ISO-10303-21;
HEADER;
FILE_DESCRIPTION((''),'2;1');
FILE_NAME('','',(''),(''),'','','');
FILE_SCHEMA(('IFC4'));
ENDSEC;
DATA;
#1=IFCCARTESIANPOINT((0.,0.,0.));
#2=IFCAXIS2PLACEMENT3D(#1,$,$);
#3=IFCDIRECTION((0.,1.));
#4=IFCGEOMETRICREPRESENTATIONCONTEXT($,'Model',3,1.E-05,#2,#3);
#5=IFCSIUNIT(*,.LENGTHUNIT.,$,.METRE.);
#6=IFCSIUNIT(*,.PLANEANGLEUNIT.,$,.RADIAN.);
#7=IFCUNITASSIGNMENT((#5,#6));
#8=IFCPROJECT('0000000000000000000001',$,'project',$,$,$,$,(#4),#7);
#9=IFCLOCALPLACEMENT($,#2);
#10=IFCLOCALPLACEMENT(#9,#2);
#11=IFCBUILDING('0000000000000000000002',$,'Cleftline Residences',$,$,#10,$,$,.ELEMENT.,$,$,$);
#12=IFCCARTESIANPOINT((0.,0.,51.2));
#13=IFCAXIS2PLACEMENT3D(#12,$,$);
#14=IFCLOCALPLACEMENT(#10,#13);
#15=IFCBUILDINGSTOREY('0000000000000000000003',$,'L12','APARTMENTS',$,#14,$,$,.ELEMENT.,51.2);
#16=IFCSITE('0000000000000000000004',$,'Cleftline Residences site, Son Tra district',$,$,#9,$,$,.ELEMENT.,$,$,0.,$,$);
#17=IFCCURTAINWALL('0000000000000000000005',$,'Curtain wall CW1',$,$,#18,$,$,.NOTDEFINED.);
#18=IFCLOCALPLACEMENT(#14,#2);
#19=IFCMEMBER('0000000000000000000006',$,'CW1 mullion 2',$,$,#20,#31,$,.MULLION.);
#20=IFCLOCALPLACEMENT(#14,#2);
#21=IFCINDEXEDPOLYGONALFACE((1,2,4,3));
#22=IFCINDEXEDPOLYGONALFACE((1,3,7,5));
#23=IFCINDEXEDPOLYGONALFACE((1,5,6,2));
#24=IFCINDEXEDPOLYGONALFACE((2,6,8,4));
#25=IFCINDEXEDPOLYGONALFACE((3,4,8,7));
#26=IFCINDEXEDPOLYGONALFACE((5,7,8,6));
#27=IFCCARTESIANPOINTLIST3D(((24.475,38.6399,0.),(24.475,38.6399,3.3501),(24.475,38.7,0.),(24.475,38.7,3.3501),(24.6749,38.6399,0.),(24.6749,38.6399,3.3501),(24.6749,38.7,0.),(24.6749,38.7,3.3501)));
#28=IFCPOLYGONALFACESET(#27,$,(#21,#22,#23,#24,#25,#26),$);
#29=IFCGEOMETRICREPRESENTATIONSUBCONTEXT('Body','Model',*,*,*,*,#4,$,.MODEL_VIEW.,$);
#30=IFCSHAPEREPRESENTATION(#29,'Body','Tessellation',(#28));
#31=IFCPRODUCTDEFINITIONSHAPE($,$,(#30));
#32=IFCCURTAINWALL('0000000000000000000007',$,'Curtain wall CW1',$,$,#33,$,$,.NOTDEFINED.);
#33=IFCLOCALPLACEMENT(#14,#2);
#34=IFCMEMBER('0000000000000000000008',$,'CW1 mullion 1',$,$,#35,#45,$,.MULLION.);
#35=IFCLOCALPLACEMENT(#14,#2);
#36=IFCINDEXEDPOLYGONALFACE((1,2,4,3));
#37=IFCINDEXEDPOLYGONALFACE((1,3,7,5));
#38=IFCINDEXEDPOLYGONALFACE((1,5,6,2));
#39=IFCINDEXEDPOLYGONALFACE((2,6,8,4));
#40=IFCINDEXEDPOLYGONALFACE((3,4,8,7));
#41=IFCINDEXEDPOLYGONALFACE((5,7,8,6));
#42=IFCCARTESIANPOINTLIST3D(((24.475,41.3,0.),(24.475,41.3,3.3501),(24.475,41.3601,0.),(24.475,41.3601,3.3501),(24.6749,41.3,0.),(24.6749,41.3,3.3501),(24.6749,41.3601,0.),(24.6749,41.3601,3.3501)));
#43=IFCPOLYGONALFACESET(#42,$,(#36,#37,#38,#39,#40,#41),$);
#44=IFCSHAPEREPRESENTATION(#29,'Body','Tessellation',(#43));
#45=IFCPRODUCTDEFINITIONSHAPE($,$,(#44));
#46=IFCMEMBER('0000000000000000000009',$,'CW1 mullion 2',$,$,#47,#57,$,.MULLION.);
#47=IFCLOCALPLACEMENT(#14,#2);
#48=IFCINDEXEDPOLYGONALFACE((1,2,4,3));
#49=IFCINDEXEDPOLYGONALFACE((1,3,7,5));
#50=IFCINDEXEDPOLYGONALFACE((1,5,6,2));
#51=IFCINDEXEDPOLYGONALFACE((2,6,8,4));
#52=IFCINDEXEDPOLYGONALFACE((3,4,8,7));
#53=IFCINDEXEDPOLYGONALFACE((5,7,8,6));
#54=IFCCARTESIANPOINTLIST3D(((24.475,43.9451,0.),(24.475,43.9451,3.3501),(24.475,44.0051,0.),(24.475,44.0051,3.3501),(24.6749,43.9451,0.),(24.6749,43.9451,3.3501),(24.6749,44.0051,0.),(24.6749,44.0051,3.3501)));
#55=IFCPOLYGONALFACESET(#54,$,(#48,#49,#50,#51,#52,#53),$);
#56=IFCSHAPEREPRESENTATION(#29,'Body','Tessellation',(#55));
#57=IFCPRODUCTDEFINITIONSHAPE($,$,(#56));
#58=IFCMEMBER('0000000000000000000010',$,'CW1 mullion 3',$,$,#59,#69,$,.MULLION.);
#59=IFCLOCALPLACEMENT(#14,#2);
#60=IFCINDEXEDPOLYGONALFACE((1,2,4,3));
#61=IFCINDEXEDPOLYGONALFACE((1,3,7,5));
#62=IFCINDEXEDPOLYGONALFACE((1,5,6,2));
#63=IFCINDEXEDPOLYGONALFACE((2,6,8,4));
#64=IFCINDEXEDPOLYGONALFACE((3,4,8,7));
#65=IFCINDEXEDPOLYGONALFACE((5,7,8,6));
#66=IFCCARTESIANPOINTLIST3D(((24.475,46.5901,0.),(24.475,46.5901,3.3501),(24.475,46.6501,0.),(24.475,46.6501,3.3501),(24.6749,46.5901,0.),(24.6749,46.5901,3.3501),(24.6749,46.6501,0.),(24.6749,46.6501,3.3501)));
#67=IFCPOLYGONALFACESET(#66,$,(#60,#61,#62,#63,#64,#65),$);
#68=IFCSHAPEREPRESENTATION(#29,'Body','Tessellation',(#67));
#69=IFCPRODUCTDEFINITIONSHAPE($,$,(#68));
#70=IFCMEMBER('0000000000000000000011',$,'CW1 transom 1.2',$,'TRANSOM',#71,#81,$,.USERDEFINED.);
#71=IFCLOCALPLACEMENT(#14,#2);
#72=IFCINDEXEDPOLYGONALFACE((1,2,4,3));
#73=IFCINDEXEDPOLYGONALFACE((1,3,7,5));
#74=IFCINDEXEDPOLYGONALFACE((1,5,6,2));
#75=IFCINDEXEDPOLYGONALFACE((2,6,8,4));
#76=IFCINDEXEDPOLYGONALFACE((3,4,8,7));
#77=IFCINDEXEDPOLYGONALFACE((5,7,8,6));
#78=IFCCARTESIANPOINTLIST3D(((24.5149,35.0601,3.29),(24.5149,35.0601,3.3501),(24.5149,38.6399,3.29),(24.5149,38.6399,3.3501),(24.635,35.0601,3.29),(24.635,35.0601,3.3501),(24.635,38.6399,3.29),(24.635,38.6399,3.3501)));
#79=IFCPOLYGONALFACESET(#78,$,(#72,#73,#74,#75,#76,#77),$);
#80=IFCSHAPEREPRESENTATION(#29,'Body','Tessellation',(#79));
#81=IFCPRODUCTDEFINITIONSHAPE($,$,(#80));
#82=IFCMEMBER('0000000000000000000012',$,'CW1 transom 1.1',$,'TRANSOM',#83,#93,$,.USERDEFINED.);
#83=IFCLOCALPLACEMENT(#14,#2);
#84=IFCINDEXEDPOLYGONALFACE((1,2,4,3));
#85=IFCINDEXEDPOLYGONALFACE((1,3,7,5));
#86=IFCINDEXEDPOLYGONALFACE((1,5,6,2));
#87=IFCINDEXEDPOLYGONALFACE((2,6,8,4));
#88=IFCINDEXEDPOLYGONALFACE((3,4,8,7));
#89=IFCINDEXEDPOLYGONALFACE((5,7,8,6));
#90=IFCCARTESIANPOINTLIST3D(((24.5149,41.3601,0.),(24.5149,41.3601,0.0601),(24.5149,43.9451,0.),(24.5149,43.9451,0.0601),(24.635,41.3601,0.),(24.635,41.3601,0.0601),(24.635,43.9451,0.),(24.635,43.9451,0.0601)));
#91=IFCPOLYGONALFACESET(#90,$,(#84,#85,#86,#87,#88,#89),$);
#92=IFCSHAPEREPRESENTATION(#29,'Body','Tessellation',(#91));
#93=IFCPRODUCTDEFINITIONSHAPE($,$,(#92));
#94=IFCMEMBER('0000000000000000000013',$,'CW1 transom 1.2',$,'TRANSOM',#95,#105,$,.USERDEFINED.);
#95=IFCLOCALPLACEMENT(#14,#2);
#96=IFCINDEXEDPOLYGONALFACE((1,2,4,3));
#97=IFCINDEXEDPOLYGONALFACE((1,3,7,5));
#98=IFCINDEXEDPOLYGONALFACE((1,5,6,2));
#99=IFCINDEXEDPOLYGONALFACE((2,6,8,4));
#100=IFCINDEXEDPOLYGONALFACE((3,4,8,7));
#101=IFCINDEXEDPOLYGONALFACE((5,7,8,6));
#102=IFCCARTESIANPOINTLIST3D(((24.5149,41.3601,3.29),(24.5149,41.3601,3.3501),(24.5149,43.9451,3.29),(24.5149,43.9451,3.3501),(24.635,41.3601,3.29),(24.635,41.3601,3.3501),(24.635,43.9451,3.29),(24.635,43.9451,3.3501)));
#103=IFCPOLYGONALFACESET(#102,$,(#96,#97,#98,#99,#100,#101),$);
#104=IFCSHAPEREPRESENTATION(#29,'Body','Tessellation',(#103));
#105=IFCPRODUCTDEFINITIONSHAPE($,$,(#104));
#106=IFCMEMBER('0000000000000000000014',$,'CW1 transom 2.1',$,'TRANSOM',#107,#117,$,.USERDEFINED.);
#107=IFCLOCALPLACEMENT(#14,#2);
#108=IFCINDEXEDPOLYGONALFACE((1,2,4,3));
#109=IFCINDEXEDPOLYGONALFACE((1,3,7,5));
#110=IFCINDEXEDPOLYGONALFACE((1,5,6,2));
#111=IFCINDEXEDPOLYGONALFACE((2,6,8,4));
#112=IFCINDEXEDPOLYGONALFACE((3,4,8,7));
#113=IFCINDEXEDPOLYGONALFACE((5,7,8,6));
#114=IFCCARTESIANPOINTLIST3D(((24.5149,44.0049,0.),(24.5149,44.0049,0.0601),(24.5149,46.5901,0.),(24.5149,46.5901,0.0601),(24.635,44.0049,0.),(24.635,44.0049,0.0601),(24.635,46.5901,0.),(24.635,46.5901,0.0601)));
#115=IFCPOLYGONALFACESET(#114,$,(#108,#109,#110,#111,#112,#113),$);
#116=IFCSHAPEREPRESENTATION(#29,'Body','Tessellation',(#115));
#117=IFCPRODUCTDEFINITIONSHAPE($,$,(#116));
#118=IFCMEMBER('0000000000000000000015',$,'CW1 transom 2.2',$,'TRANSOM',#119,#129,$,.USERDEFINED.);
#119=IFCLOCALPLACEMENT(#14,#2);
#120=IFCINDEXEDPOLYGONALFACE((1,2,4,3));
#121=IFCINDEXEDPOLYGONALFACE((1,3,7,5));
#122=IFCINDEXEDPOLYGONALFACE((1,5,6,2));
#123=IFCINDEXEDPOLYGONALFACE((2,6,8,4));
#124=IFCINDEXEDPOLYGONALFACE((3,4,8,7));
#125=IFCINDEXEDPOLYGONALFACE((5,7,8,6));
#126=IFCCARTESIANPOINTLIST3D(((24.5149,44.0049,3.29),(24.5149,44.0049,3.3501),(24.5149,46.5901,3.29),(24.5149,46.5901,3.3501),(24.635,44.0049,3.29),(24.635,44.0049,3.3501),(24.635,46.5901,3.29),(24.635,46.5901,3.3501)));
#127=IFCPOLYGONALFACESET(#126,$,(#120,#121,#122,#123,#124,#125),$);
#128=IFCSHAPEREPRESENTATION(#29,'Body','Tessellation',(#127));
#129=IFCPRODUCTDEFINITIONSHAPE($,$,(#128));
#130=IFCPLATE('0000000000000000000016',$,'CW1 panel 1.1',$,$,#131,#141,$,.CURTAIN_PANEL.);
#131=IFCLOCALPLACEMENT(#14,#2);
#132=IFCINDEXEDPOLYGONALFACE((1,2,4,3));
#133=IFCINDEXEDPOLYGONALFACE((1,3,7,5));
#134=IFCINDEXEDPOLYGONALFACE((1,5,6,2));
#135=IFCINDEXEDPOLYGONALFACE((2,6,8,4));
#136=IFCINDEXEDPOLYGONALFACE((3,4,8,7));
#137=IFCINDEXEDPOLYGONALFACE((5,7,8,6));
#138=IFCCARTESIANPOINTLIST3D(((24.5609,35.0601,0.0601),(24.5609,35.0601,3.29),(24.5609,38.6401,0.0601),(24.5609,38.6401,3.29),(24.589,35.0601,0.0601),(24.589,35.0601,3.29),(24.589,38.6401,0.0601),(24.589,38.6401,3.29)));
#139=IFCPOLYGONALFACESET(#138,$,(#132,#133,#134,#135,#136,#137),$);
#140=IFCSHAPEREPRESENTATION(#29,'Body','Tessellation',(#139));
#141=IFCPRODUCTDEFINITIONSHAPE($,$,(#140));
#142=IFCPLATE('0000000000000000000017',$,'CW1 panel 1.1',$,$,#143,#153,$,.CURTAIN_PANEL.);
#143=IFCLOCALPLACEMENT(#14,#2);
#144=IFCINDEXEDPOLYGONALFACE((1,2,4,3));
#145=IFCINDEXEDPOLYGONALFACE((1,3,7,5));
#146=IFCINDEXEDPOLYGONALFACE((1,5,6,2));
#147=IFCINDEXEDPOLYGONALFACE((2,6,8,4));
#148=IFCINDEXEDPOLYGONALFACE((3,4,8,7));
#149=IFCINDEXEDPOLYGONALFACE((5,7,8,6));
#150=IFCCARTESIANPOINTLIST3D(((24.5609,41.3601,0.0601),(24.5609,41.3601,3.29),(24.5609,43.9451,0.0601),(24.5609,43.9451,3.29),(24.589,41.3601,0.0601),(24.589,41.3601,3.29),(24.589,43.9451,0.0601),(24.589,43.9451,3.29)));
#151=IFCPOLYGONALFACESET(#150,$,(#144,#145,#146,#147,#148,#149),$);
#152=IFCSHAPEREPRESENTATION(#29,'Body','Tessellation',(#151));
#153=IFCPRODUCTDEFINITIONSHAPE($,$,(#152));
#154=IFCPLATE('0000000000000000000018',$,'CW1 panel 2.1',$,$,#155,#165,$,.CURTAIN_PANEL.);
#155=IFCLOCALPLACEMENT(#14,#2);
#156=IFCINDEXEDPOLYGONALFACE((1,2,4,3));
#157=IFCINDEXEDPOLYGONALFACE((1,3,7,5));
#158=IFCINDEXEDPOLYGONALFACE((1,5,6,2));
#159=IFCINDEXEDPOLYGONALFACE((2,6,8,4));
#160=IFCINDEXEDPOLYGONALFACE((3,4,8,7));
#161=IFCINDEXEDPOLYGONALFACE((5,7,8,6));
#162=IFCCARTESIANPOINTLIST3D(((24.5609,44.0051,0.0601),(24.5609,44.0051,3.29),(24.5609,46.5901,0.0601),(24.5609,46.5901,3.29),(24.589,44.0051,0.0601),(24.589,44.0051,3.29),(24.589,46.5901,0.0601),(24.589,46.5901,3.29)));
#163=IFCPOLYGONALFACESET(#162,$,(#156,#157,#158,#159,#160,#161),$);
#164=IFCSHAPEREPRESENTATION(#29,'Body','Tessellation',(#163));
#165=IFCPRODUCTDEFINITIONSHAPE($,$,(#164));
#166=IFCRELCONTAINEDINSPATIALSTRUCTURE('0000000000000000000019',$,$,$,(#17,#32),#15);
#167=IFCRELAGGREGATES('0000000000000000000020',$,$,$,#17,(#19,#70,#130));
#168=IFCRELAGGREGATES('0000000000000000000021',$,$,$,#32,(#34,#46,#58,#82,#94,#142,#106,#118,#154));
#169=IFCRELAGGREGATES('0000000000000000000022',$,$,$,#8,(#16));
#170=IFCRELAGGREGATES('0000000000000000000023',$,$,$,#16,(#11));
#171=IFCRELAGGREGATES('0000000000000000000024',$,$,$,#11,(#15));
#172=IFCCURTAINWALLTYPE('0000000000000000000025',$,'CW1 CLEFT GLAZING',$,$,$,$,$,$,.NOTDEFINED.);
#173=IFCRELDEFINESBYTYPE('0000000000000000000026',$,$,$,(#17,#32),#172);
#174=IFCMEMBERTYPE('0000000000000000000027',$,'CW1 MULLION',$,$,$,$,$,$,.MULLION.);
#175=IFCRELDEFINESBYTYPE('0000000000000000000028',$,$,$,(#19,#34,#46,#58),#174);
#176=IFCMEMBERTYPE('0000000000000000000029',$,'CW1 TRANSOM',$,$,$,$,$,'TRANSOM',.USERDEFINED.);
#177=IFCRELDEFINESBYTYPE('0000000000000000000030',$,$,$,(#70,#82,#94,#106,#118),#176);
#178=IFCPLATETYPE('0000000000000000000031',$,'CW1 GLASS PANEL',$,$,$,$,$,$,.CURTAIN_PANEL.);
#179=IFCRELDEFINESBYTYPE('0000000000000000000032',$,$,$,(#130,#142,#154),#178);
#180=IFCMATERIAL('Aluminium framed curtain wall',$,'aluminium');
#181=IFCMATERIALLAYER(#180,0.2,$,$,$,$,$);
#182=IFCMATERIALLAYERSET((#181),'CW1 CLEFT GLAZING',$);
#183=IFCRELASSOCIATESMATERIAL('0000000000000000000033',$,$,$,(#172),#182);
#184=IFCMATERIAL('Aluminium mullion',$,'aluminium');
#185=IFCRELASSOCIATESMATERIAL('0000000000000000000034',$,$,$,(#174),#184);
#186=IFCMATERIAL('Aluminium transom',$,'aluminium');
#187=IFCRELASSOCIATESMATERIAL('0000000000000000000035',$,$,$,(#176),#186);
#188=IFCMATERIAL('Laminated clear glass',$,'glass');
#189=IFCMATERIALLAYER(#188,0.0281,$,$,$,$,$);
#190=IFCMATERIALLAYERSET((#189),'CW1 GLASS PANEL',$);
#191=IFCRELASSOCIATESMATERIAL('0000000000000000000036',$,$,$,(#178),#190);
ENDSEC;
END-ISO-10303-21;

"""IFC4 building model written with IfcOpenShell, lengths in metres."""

from ifc_helpers import new_model, si_unit, direction, frame, origin, origin_2d, place, context, subcontext, project, spatial, rectangle, extrude, material, layer, layer_set, material_profile, profile_set, type_object, element, aggregate, save


model = new_model("IFC4")

# Units and contexts
model_context = context("Model", 3, precision=1e-05, world=origin(), true_north=direction((0.0, 1.0)))
body_context = subcontext(model_context, "Body", "Model", "MODEL_VIEW")
ifc_project = project(units=[si_unit("LENGTHUNIT", "METRE"), si_unit("PLANEANGLEUNIT", "RADIAN")], contexts=[model_context])

# Site, building, storey
site_placement = place(None, origin())
site = spatial("IfcSite", under=ifc_project, at=site_placement, Name="Cleftline Residences site, Son Tra district", CompositionType="ELEMENT", RefElevation=0.0)
building_placement = place(site_placement, origin())
building = spatial("IfcBuilding", under=site, at=building_placement, Name="Cleftline Residences", CompositionType="ELEMENT")
storey_placement = place(building_placement, frame((0.0, 0.0, 51.2)))
storey = spatial("IfcBuildingStorey", under=building, at=storey_placement, Name="L12", Description="APARTMENTS", CompositionType="ELEMENT", Elevation=51.2)

# Curtain wall, member
ifc_material_1 = material(Name="Aluminium framed curtain wall", Category="aluminium")
ifc_layer_1 = layer(ifc_material_1, 0.2)
ifc_layer_set_1 = layer_set([ifc_layer_1], Name="CW1 CLEFT GLAZING")
curtain_wall_type = type_object("IfcCurtainWallType", Name="CW1 CLEFT GLAZING", PredefinedType="NOTDEFINED", material=ifc_layer_set_1)
curtain_wall_1_placement = place(storey_placement, origin())
curtain_wall_1 = element("IfcCurtainWall", 1, at=curtain_wall_1_placement, inside=storey, type_object=curtain_wall_type, Name="Curtain wall CW1", PredefinedType="NOTDEFINED")
ifc_material_2 = material(Name="Aluminium mullion", Category="aluminium")
ifc_material_profile_1 = material_profile(ifc_material_2, rectangle(XDim=0.2, YDim=0.0601, at=origin_2d()))
ifc_profile_set_1 = profile_set([ifc_material_profile_1], Name="Aluminium mullion")
member_type_1 = type_object("IfcMemberType", Name="CW1 MULLION", PredefinedType="MULLION", material=ifc_profile_set_1)
member_1_placement = place(storey_placement, frame((24.575, 38.6699, 0.0), z_axis=(0.0, 0.0, 1.0), x_axis=(-1.0, 0.0, 0.0)))
member_1 = element("IfcMember", 2, at=member_1_placement, type_object=member_type_1, Name="CW1 mullion 2", PredefinedType="MULLION", context=body_context, shape_type="SweptSolid", body=[
    extrude(rectangle(XDim=0.2, YDim=0.0601, at=origin_2d()), origin(), (0.0, 0.0, 1.0), 3.3501),
])

# Curtain wall, members
curtain_wall_2_placement = place(storey_placement, origin())
curtain_wall_2 = element("IfcCurtainWall", 3, at=curtain_wall_2_placement, inside=storey, type_object=curtain_wall_type, Name="Curtain wall CW1", PredefinedType="NOTDEFINED")
member_2_placement = place(storey_placement, frame((24.575, 41.3301, 0.0), z_axis=(0.0, 0.0, 1.0), x_axis=(-1.0, 0.0, 0.0)))
member_2 = element("IfcMember", 4, at=member_2_placement, type_object=member_type_1, Name="CW1 mullion 1", PredefinedType="MULLION", context=body_context, shape_type="SweptSolid", body=[
    extrude(rectangle(XDim=0.2, YDim=0.0601, at=origin_2d()), origin(), (0.0, 0.0, 1.0), 3.3501),
])
member_3_placement = place(storey_placement, frame((24.575, 43.9751, 0.0), z_axis=(0.0, 0.0, 1.0), x_axis=(-1.0, 0.0, 0.0)))
member_3 = element("IfcMember", 5, at=member_3_placement, type_object=member_type_1, Name="CW1 mullion 2", PredefinedType="MULLION", context=body_context, shape_type="SweptSolid", body=[
    extrude(rectangle(XDim=0.2, YDim=0.0601, at=origin_2d()), origin(), (0.0, 0.0, 1.0), 3.3501),
])
member_4_placement = place(storey_placement, frame((24.575, 46.6201, 0.0), z_axis=(0.0, 0.0, 1.0), x_axis=(-1.0, 0.0, 0.0)))
member_4 = element("IfcMember", 6, at=member_4_placement, type_object=member_type_1, Name="CW1 mullion 3", PredefinedType="MULLION", context=body_context, shape_type="SweptSolid", body=[
    extrude(rectangle(XDim=0.2, YDim=0.0601, at=origin_2d()), origin(), (0.0, 0.0, 1.0), 3.3501),
])

# Members
ifc_material_3 = material(Name="Aluminium transom", Category="aluminium")
ifc_material_profile_2 = material_profile(ifc_material_3, rectangle(XDim=0.1201, YDim=0.0601, at=origin_2d()))
ifc_profile_set_2 = profile_set([ifc_material_profile_2], Name="Aluminium transom")
member_type_2 = type_object("IfcMemberType", Name="CW1 TRANSOM", ElementType="TRANSOM", PredefinedType="USERDEFINED", material=ifc_profile_set_2)
member_5_placement = place(storey_placement, frame((24.575, 35.0601, 3.3201), z_axis=(0.0, 1.0, 0.0), x_axis=(-1.0, 0.0, 0.0)))
member_5 = element("IfcMember", 7, at=member_5_placement, type_object=member_type_2, Name="CW1 transom 1.2", ObjectType="TRANSOM", PredefinedType="USERDEFINED", context=body_context, shape_type="SweptSolid", body=[
    extrude(rectangle(XDim=0.1201, YDim=0.0601, at=origin_2d()), origin(), (0.0, 0.0, 1.0), 3.5798),
])
member_6_placement = place(storey_placement, frame((24.575, 41.3601, 0.03), z_axis=(0.0, 1.0, 0.0), x_axis=(-1.0, 0.0, 0.0)))
member_6 = element("IfcMember", 8, at=member_6_placement, type_object=member_type_2, Name="CW1 transom 1.1", ObjectType="TRANSOM", PredefinedType="USERDEFINED", context=body_context, shape_type="SweptSolid", body=[
    extrude(rectangle(XDim=0.1201, YDim=0.0601, at=origin_2d()), origin(), (0.0, 0.0, 1.0), 2.585),
])
member_7_placement = place(storey_placement, frame((24.575, 41.3601, 3.3201), z_axis=(0.0, 1.0, 0.0), x_axis=(-1.0, 0.0, 0.0)))
member_7 = element("IfcMember", 9, at=member_7_placement, type_object=member_type_2, Name="CW1 transom 1.2", ObjectType="TRANSOM", PredefinedType="USERDEFINED", context=body_context, shape_type="SweptSolid", body=[
    extrude(rectangle(XDim=0.1201, YDim=0.0601, at=origin_2d()), origin(), (0.0, 0.0, 1.0), 2.585),
])
member_8_placement = place(storey_placement, frame((24.575, 44.0049, 0.03), z_axis=(0.0, 1.0, 0.0), x_axis=(-1.0, 0.0, 0.0)))
member_8 = element("IfcMember", 10, at=member_8_placement, type_object=member_type_2, Name="CW1 transom 2.1", ObjectType="TRANSOM", PredefinedType="USERDEFINED", context=body_context, shape_type="SweptSolid", body=[
    extrude(rectangle(XDim=0.1201, YDim=0.0601, at=origin_2d()), origin(), (0.0, 0.0, 1.0), 2.5852),
])
member_9_placement = place(storey_placement, frame((24.575, 44.0049, 3.3201), z_axis=(0.0, 1.0, 0.0), x_axis=(-1.0, 0.0, 0.0)))
member_9 = element("IfcMember", 11, at=member_9_placement, type_object=member_type_2, Name="CW1 transom 2.2", ObjectType="TRANSOM", PredefinedType="USERDEFINED", context=body_context, shape_type="SweptSolid", body=[
    extrude(rectangle(XDim=0.1201, YDim=0.0601, at=origin_2d()), origin(), (0.0, 0.0, 1.0), 2.5852),
])

# Plates
ifc_material_4 = material(Name="Laminated clear glass", Category="glass")
ifc_layer_2 = layer(ifc_material_4, 0.0281)
ifc_layer_set_2 = layer_set([ifc_layer_2], Name="CW1 GLASS PANEL")
plate_type = type_object("IfcPlateType", Name="CW1 GLASS PANEL", PredefinedType="CURTAIN_PANEL", material=ifc_layer_set_2)
plate_1_placement = place(storey_placement, frame((24.575, 36.8501, 0.0601), z_axis=(0.0, 0.0, 1.0), x_axis=(0.0, 1.0, 0.0)))
plate_1 = element("IfcPlate", 12, at=plate_1_placement, type_object=plate_type, Name="CW1 panel 1.1", PredefinedType="CURTAIN_PANEL", context=body_context, shape_type="SweptSolid", body=[
    extrude(rectangle(XDim=3.5801, YDim=0.0281, at=origin_2d()), origin(), (0.0, 0.0, 1.0), 3.23),
])
aggregate(curtain_wall_1, [member_1, member_5, plate_1])
plate_2_placement = place(storey_placement, frame((24.575, 42.6526, 0.0601), z_axis=(0.0, 0.0, 1.0), x_axis=(0.0, 1.0, 0.0)))
plate_2 = element("IfcPlate", 13, at=plate_2_placement, type_object=plate_type, Name="CW1 panel 1.1", PredefinedType="CURTAIN_PANEL", context=body_context, shape_type="SweptSolid", body=[
    extrude(rectangle(XDim=2.585, YDim=0.0281, at=origin_2d()), origin(), (0.0, 0.0, 1.0), 3.23),
])
plate_3_placement = place(storey_placement, frame((24.575, 45.2976, 0.0601), z_axis=(0.0, 0.0, 1.0), x_axis=(0.0, 1.0, 0.0)))
plate_3 = element("IfcPlate", 14, at=plate_3_placement, type_object=plate_type, Name="CW1 panel 2.1", PredefinedType="CURTAIN_PANEL", context=body_context, shape_type="SweptSolid", body=[
    extrude(rectangle(XDim=2.585, YDim=0.0281, at=origin_2d()), origin(), (0.0, 0.0, 1.0), 3.23),
])
aggregate(curtain_wall_2, [member_2, member_3, member_4, member_6, member_7, plate_2, member_8, member_9, plate_3])

save(model, "model.ifc")
